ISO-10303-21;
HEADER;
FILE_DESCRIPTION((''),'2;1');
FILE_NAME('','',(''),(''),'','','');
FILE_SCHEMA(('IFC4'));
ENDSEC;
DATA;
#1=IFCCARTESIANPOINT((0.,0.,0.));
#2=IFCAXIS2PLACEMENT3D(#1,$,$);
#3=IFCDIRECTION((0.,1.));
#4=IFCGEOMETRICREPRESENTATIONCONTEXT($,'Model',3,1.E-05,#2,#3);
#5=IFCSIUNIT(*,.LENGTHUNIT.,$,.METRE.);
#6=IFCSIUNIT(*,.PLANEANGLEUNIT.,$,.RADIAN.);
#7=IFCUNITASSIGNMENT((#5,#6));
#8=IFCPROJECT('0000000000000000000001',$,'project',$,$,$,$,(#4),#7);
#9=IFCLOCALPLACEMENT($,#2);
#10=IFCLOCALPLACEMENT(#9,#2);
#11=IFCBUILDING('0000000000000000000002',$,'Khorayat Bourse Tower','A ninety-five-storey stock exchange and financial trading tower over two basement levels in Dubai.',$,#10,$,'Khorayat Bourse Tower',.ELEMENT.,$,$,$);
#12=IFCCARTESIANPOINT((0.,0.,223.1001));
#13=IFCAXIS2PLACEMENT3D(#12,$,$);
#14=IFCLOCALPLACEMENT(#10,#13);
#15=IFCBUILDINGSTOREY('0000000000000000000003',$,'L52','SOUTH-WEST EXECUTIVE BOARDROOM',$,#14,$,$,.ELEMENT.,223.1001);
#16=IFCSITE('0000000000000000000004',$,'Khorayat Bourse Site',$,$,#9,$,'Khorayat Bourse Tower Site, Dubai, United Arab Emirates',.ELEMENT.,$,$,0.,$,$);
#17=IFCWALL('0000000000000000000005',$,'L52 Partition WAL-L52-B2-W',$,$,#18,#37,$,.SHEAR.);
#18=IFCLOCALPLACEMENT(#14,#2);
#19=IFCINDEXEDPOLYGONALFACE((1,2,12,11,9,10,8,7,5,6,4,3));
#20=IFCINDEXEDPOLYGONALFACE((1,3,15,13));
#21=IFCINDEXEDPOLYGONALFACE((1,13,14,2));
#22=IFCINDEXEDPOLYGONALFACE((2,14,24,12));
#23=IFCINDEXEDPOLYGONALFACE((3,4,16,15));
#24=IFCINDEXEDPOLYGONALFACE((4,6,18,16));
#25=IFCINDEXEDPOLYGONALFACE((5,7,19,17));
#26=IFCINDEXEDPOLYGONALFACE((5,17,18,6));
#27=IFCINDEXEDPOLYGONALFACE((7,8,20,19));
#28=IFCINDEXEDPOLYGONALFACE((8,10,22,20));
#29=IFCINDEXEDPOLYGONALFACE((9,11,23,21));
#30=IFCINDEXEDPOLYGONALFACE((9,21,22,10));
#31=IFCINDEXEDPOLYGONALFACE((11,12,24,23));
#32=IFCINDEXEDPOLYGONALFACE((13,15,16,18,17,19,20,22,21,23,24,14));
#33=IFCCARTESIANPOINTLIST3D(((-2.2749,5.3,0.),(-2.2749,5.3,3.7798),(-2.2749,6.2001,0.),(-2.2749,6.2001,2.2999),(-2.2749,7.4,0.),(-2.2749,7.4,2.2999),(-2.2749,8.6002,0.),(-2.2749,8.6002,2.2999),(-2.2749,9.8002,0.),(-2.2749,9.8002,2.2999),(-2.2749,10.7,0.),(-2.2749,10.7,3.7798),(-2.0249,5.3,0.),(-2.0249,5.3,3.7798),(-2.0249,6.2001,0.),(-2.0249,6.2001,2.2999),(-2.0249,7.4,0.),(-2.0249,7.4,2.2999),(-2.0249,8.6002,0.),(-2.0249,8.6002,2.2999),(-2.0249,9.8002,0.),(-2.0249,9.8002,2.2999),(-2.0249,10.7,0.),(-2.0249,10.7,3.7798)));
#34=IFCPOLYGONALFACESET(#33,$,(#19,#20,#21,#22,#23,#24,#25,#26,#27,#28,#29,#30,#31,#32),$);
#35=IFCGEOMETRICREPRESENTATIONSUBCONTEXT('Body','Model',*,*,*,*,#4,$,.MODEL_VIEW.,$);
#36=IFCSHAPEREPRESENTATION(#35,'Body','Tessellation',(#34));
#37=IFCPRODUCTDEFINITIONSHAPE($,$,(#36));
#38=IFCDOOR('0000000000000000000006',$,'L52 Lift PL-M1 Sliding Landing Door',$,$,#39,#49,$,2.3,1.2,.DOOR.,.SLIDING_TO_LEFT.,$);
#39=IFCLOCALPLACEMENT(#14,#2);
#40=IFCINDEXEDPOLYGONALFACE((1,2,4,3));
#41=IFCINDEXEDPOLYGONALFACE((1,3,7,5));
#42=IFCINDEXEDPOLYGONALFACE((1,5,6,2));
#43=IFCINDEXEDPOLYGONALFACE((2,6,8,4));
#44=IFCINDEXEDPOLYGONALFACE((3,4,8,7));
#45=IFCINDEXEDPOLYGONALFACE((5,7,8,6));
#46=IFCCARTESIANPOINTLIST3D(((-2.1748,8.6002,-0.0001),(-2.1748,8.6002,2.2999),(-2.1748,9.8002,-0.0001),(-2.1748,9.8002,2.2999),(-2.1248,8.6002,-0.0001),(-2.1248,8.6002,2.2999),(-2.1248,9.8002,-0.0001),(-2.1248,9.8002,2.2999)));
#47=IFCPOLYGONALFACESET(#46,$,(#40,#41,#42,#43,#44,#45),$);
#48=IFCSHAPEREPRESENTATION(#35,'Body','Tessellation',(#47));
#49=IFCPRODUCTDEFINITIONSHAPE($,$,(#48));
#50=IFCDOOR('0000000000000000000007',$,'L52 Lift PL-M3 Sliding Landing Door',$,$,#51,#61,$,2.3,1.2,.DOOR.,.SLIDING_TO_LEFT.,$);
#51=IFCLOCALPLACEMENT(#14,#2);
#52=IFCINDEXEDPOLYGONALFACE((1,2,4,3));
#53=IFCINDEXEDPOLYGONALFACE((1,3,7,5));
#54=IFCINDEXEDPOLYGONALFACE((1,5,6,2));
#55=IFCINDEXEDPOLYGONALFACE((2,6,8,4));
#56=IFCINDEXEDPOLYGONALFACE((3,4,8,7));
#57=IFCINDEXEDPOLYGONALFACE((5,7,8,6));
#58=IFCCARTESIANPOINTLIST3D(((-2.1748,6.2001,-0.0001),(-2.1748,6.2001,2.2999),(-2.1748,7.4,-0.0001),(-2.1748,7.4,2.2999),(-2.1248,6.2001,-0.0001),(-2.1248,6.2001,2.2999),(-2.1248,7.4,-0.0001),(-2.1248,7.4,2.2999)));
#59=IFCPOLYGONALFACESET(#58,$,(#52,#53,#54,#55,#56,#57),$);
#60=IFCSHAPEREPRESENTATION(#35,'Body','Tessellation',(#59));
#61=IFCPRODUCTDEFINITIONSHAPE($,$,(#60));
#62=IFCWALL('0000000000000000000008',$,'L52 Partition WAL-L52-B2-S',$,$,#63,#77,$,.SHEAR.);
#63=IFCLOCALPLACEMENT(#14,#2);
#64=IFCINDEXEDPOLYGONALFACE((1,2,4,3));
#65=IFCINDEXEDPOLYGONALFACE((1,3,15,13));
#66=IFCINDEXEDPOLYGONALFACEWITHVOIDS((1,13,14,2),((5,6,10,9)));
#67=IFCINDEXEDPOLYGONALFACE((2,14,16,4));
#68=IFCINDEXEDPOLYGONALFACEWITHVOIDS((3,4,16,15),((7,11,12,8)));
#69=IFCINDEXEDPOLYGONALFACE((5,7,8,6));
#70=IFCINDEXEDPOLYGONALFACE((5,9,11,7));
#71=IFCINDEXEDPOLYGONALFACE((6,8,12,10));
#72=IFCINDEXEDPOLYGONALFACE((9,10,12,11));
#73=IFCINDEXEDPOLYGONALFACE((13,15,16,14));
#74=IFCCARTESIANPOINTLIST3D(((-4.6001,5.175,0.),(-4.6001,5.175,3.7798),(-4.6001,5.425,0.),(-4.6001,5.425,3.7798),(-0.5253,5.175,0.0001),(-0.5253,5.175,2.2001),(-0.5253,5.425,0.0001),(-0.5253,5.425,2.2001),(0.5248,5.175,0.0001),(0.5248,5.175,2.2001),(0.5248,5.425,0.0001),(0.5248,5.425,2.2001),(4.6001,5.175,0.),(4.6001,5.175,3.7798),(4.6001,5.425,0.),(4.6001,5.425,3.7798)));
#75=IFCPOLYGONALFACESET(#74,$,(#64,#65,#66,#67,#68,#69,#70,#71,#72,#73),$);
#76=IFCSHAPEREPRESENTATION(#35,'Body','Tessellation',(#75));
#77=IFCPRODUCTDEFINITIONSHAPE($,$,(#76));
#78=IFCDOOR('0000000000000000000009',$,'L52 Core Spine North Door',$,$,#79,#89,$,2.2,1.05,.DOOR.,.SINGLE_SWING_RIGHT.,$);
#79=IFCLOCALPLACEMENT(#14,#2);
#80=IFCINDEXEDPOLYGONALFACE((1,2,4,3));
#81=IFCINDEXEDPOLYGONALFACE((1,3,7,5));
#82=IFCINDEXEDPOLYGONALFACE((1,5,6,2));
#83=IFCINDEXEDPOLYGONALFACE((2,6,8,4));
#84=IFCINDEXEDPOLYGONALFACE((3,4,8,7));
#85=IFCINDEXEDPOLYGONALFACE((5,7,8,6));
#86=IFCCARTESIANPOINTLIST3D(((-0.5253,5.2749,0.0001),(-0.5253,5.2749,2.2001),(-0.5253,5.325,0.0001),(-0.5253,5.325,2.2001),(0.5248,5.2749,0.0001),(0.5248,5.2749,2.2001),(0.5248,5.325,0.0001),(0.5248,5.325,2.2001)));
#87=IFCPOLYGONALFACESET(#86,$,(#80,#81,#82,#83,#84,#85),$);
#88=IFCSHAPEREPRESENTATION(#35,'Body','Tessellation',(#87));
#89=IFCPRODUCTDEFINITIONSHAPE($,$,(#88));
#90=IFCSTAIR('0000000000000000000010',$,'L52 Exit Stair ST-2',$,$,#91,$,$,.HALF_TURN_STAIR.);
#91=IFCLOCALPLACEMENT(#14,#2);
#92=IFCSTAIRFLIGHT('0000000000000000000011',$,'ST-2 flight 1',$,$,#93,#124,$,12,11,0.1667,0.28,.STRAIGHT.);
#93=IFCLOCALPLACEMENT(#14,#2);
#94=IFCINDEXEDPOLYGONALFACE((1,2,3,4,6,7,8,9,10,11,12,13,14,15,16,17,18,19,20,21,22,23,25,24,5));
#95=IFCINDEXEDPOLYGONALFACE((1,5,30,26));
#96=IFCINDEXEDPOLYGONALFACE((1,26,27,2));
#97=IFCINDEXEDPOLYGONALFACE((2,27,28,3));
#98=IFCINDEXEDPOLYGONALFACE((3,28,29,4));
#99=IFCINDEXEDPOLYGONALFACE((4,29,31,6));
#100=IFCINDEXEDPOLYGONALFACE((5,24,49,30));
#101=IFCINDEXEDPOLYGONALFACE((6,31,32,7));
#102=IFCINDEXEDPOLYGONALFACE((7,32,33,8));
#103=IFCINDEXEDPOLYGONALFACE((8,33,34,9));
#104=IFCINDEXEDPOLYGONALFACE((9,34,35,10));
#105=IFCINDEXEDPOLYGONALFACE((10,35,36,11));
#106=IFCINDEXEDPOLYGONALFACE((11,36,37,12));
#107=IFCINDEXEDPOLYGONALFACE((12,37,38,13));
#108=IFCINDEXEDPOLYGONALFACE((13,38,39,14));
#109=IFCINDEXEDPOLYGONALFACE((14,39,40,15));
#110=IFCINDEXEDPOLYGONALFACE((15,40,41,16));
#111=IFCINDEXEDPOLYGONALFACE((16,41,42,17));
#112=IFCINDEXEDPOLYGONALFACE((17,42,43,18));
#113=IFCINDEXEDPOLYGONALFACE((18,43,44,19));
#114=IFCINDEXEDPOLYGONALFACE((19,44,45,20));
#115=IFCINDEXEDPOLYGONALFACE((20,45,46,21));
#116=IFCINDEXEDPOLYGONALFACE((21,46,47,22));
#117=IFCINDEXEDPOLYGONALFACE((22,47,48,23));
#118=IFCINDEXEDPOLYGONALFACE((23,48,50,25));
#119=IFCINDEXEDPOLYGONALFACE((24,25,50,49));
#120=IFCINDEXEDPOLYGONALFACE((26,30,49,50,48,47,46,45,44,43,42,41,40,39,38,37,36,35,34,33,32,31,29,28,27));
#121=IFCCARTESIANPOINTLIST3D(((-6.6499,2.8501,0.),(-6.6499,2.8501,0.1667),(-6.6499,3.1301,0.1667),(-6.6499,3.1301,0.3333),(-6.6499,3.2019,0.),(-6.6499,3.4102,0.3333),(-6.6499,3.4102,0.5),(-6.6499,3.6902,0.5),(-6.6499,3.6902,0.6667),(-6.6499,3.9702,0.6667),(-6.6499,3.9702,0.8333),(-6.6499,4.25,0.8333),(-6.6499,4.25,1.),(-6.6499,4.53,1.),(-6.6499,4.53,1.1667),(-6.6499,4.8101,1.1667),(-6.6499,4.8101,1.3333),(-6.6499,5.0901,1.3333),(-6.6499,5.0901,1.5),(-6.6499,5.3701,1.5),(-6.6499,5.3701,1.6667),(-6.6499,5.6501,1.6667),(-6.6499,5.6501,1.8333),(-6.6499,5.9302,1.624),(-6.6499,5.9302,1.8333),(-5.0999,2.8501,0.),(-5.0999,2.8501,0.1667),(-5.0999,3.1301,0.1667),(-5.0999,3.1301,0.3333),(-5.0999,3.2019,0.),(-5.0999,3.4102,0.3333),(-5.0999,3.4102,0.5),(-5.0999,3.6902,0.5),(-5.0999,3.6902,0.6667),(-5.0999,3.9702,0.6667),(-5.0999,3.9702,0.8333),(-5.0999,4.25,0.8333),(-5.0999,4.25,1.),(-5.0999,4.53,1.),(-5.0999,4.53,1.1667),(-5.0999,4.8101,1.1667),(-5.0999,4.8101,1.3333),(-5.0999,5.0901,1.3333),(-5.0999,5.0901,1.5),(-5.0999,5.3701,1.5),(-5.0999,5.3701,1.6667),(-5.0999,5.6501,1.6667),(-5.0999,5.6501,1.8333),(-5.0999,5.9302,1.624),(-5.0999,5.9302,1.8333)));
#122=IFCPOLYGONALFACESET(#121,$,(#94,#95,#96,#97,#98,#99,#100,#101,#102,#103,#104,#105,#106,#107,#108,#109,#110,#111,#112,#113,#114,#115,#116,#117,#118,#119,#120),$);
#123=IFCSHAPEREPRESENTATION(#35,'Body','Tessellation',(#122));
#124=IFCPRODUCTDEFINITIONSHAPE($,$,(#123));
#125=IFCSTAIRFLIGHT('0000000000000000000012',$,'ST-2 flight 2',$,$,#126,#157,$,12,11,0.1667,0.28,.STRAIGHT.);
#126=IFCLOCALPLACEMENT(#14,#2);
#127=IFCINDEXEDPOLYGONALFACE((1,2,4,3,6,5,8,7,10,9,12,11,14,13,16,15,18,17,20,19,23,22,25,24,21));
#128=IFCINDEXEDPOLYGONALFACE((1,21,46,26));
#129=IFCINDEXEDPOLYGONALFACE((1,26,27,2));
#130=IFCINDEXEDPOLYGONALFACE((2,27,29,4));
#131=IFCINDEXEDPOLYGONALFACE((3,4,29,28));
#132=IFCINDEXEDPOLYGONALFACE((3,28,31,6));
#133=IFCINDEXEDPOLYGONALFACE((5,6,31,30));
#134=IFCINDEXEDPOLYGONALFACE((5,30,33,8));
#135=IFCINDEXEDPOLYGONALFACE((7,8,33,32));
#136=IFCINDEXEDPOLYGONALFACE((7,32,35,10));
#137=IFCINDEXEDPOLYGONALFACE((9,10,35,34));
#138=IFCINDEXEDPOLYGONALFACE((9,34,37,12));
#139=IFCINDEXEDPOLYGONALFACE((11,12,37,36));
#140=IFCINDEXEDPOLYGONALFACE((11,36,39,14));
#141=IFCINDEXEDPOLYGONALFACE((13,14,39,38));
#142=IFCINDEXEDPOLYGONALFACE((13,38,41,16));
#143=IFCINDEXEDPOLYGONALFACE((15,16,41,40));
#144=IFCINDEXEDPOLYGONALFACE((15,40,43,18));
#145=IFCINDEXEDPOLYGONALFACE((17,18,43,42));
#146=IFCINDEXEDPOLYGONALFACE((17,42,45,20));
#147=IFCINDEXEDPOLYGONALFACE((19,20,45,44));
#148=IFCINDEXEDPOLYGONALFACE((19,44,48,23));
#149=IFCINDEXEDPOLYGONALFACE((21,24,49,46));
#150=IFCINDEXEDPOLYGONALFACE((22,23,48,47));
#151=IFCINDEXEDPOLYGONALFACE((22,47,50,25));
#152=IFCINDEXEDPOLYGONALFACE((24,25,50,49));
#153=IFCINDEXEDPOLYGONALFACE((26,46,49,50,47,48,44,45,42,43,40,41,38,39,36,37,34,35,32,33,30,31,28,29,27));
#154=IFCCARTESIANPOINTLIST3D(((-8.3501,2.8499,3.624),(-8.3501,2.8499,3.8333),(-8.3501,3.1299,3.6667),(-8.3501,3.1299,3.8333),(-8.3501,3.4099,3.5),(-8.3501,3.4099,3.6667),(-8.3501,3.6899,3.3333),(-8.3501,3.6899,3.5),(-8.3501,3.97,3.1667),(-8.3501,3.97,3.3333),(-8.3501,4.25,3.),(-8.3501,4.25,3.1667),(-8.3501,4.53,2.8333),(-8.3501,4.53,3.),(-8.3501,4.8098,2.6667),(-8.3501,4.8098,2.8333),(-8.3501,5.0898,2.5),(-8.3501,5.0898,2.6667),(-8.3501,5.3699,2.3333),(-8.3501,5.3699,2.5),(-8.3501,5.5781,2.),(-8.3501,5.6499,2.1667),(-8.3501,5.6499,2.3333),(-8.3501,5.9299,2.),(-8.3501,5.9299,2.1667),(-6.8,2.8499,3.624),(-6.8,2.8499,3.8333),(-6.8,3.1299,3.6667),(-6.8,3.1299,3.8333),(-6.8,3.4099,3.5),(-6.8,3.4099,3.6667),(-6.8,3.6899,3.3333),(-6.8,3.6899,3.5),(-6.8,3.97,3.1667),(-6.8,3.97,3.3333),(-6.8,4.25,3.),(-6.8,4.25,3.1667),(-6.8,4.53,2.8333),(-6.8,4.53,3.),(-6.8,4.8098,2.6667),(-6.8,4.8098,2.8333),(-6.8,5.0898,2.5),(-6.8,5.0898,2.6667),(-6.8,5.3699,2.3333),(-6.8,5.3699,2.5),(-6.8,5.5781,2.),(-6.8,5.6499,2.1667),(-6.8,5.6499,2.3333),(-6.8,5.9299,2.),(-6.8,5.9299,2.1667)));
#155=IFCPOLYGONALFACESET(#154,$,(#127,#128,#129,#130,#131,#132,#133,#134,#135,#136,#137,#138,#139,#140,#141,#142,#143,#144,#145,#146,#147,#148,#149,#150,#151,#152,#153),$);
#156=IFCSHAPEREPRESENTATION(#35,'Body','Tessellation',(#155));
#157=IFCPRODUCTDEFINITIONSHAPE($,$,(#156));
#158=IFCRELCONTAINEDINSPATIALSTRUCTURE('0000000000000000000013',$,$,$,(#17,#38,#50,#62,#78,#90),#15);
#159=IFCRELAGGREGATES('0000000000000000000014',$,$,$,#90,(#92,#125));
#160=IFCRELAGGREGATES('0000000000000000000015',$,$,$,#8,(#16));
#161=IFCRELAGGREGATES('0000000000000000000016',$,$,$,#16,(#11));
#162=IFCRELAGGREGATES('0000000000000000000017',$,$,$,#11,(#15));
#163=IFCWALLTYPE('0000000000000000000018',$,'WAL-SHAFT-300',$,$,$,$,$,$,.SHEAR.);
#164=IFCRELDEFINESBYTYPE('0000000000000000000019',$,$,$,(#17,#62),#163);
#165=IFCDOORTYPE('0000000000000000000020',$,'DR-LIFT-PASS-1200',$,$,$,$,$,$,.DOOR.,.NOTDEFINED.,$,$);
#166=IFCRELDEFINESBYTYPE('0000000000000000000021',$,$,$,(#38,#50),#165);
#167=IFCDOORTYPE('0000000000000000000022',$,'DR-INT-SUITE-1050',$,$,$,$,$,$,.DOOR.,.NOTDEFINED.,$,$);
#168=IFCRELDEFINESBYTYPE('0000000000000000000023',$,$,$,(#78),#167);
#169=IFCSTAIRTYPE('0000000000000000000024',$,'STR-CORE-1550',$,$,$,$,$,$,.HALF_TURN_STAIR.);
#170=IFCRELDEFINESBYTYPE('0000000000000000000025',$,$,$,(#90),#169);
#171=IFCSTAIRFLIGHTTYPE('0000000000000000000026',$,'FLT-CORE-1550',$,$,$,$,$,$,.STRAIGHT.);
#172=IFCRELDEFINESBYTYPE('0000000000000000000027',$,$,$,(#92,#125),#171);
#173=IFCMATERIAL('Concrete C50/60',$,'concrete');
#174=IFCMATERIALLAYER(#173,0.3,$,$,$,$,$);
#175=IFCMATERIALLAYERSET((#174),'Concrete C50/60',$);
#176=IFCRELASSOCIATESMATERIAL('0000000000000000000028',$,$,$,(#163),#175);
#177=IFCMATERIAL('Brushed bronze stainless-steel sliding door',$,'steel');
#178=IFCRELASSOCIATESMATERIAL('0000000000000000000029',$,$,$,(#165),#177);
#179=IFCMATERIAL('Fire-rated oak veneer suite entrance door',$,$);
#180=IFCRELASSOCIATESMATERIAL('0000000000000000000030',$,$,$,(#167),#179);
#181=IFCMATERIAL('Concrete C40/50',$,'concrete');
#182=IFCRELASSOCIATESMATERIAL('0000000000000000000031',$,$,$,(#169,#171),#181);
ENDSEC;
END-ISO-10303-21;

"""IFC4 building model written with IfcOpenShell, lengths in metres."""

from ifc_helpers import new_model, si_unit, direction, frame, frame_2d, origin, place, context, subcontext, project, spatial, polyline, rectangle, outline, extrude, source, transform, mapped, material, layer, layer_set, type_object, element, fill, aggregate, save


model = new_model("IFC4")

# Units and contexts
model_context = context("Model", 3, precision=1e-05, world=origin(), true_north=direction((0.0, 1.0)))
body_context = subcontext(model_context, "Body", "Model", "MODEL_VIEW")
ifc_project = project(units=[si_unit("LENGTHUNIT", "METRE"), si_unit("PLANEANGLEUNIT", "RADIAN")], contexts=[model_context])

# Site, building, storey
site_placement = place(None, origin())
site = spatial("IfcSite", under=ifc_project, at=site_placement, Name="Khorayat Bourse Site", LongName="Khorayat Bourse Tower Site, Dubai, United Arab Emirates", CompositionType="ELEMENT", RefElevation=0.0)
building_placement = place(site_placement, origin())
building = spatial("IfcBuilding", under=site, at=building_placement, Name="Khorayat Bourse Tower", Description="A ninety-five-storey stock exchange and financial trading tower over two basement levels in Dubai.", LongName="Khorayat Bourse Tower", CompositionType="ELEMENT")
storey_placement = place(building_placement, frame((0.0, 0.0, 223.1001)))
storey = spatial("IfcBuildingStorey", under=building, at=storey_placement, Name="L52", Description="SOUTH-WEST EXECUTIVE BOARDROOM", CompositionType="ELEMENT", Elevation=223.1001)

# Shared definitions
ifc_material_1 = material(Name="Concrete C40/50", Category="concrete")

# Shared definitions
ifc_material_2 = material(Name="Concrete C50/60", Category="concrete")
ifc_layer_1 = layer(ifc_material_2, 0.3)
ifc_layer_set_1 = layer_set([ifc_layer_1], Name="Concrete C50/60")
wall_type_1 = type_object("IfcWallType", Name="WAL-SHAFT-300", PredefinedType="SHEAR", material=ifc_layer_set_1)

# Wall, openings, doors
shared_shape_1 = source(origin(), body_context, "Body", "SweptSolid", [
    extrude(rectangle(XDim=5.3999, YDim=0.25, at=frame_2d((2.7, 0.0))), origin(), (0.0, 0.0, 1.0), 3.7798),
])
wall_1_placement = place(storey_placement, frame((-2.1499, 5.3, 0.0), z_axis=(0.0, 0.0, 1.0), x_axis=(0.0, 1.0, 0.0)))
wall_1 = element("IfcWall", 1, at=wall_1_placement, inside=storey, type_object=wall_type_1, Name="L52 Partition WAL-L52-B2-W", PredefinedType="SHEAR", context=body_context, shape_type="MappedRepresentation", body=[
    mapped(shared_shape_1, transform((0.0, 0.0, 0.0), scale=1.0)),
])
shared_shape_2 = source(origin(), body_context, "Body", "SweptSolid", [
    extrude(rectangle(XDim=1.2, YDim=2.3, at=frame_2d((0.6001, 1.1499))), frame((0.0, 0.135, 0.0), z_axis=(0.0, -1.0, 0.0), x_axis=(1.0, 0.0, 0.0)), (0.0, 0.0, 1.0), 0.27),
])
opening_1_placement = place(wall_1_placement, frame((3.3, 0.0, 0.0)))
opening_1 = element("IfcOpeningElement", 2, at=opening_1_placement, cuts=wall_1, PredefinedType="OPENING", context=body_context, shape_type="MappedRepresentation", body=[
    mapped(shared_shape_2, transform((0.0, 0.0, 0.0), scale=1.0)),
])
opening_2_placement = place(wall_1_placement, frame((0.8999, 0.0, 0.0)))
opening_2 = element("IfcOpeningElement", 3, at=opening_2_placement, cuts=wall_1, PredefinedType="OPENING", context=body_context, shape_type="MappedRepresentation", body=[
    mapped(shared_shape_2, transform((0.0, 0.0, 0.0), scale=1.0)),
])
ifc_material_3 = material(Name="Brushed bronze stainless-steel sliding door", Category="steel")
door_type_1 = type_object("IfcDoorType", Name="DR-LIFT-PASS-1200", OperationType="NOTDEFINED", PredefinedType="DOOR", material=ifc_material_3)
shared_shape_3 = source(origin(), body_context, "Body", "SweptSolid", [
    extrude(rectangle(XDim=1.2, YDim=2.3, at=frame_2d((0.6001, 1.1499))), frame((0.0, 0.0249, 0.0), z_axis=(0.0, -1.0, 0.0), x_axis=(1.0, 0.0, 0.0)), (0.0, 0.0, 1.0), 0.05),
])
door_1_placement = place(opening_1_placement, origin())
door_1 = element("IfcDoor", 4, at=door_1_placement, inside=storey, type_object=door_type_1, Name="L52 Lift PL-M1 Sliding Landing Door", OperationType="SLIDING_TO_LEFT", OverallHeight=2.3, OverallWidth=1.2, PredefinedType="DOOR", context=body_context, shape_type="MappedRepresentation", body=[
    mapped(shared_shape_3, transform((0.0, 0.0, 0.0), scale=1.0)),
])
fill(opening_1, door_1)
door_2_placement = place(opening_2_placement, origin())
door_2 = element("IfcDoor", 5, at=door_2_placement, inside=storey, type_object=door_type_1, Name="L52 Lift PL-M3 Sliding Landing Door", OperationType="SLIDING_TO_LEFT", OverallHeight=2.3, OverallWidth=1.2, PredefinedType="DOOR", context=body_context, shape_type="MappedRepresentation", body=[
    mapped(shared_shape_3, transform((0.0, 0.0, 0.0), scale=1.0)),
])
fill(opening_2, door_2)

# Wall, opening, door
shared_shape_4 = source(origin(), body_context, "Body", "SweptSolid", [
    extrude(rectangle(XDim=9.2002, YDim=0.25, at=frame_2d((4.6001, 0.0))), origin(), (0.0, 0.0, 1.0), 3.7798),
])
wall_2_placement = place(storey_placement, frame((-4.6001, 5.3, 0.0), z_axis=(0.0, 0.0, 1.0), x_axis=(1.0, 0.0, 0.0)))
wall_2 = element("IfcWall", 6, at=wall_2_placement, inside=storey, type_object=wall_type_1, Name="L52 Partition WAL-L52-B2-S", PredefinedType="SHEAR", context=body_context, shape_type="MappedRepresentation", body=[
    mapped(shared_shape_4, transform((0.0, 0.0, 0.0), scale=1.0)),
])
shared_shape_5 = source(origin(), body_context, "Body", "SweptSolid", [
    extrude(rectangle(XDim=1.05, YDim=2.2, at=frame_2d((0.5249, 1.1001))), frame((0.0, 0.135, 0.0), z_axis=(0.0, -1.0, 0.0), x_axis=(1.0, 0.0, 0.0)), (0.0, 0.0, 1.0), 0.27),
])
opening_3_placement = place(wall_2_placement, frame((4.075, 0.0, 0.0)))
opening_3 = element("IfcOpeningElement", 7, at=opening_3_placement, cuts=wall_2, PredefinedType="OPENING", context=body_context, shape_type="MappedRepresentation", body=[
    mapped(shared_shape_5, transform((0.0, 0.0, 0.0), scale=1.0)),
])
ifc_material_4 = material(Name="Fire-rated oak veneer suite entrance door")
door_type_2 = type_object("IfcDoorType", Name="DR-INT-SUITE-1050", OperationType="NOTDEFINED", PredefinedType="DOOR", material=ifc_material_4)
shared_shape_6 = source(origin(), body_context, "Body", "SweptSolid", [
    extrude(rectangle(XDim=1.05, YDim=2.2, at=frame_2d((0.5249, 1.1001))), frame((0.0, 0.0249, 0.0), z_axis=(0.0, -1.0, 0.0), x_axis=(1.0, 0.0, 0.0)), (0.0, 0.0, 1.0), 0.05),
])
door_3_placement = place(opening_3_placement, origin())
door_3 = element("IfcDoor", 8, at=door_3_placement, inside=storey, type_object=door_type_2, Name="L52 Core Spine North Door", OperationType="SINGLE_SWING_RIGHT", OverallHeight=2.2, OverallWidth=1.05, PredefinedType="DOOR", context=body_context, shape_type="MappedRepresentation", body=[
    mapped(shared_shape_6, transform((0.0, 0.0, 0.0), scale=1.0)),
])
fill(opening_3, door_3)

# Stair, stair flights
stair_type = type_object("IfcStairType", Name="STR-CORE-1550", PredefinedType="HALF_TURN_STAIR", material=ifc_material_1)
stair_placement = place(storey_placement, origin())
stair = element("IfcStair", 9, at=stair_placement, inside=storey, type_object=stair_type, Name="L52 Exit Stair ST-2", PredefinedType="HALF_TURN_STAIR")
stair_flight_type = type_object("IfcStairFlightType", Name="FLT-CORE-1550", PredefinedType="STRAIGHT", material=ifc_material_1)
shared_shape_7 = source(origin(), body_context, "Body", "SweptSolid", [
    extrude(outline(polyline([(0.0, 0.0), (0.0, 0.1667), (0.28, 0.1667), (0.28, 0.3333), (0.5601, 0.3333), (0.5601, 0.5), (0.8401, 0.5), (0.8401, 0.6667), (1.1201, 0.6667), (1.1201, 0.8333), (1.3999, 0.8333), (1.3999, 1.0), (1.6799, 1.0), (1.6799, 1.1667), (1.96, 1.1667), (1.96, 1.3333), (2.24, 1.3333), (2.24, 1.5), (2.52, 1.5), (2.52, 1.6667), (2.8, 1.6667), (2.8, 1.8333), (3.0801, 1.8333), (3.0801, 2.0), (3.0801, 1.624), (0.3518, 0.0), (0.0, 0.0)])), frame((0.0, 0.7749, 0.0), z_axis=(0.0, -1.0, 0.0), x_axis=(1.0, 0.0, 0.0)), (0.0, 0.0, 1.0), 1.55),
])
stair_flight_1_placement = place(storey_placement, frame((-5.875, 2.8501, 0.0), z_axis=(0.0, 0.0, 1.0), x_axis=(0.0, 1.0, 0.0)))
stair_flight_1 = element("IfcStairFlight", 10, at=stair_flight_1_placement, type_object=stair_flight_type, Name="ST-2 flight 1", NumberOfRisers=12, NumberOfTreads=11, PredefinedType="STRAIGHT", RiserHeight=0.1667, TreadLength=0.28, context=body_context, shape_type="MappedRepresentation", body=[
    mapped(shared_shape_7, transform((0.0, 0.0, 0.0), scale=1.0)),
])
stair_flight_2_placement = place(storey_placement, frame((-7.575, 5.9299, 2.0), z_axis=(0.0, 0.0, 1.0), x_axis=(0.0, -1.0, 0.0)))
stair_flight_2 = element("IfcStairFlight", 11, at=stair_flight_2_placement, type_object=stair_flight_type, Name="ST-2 flight 2", NumberOfRisers=12, NumberOfTreads=11, PredefinedType="STRAIGHT", RiserHeight=0.1667, TreadLength=0.28, context=body_context, shape_type="MappedRepresentation", body=[
    mapped(shared_shape_7, transform((0.0, 0.0, 0.0), scale=1.0)),
])
aggregate(stair, [stair_flight_1, stair_flight_2])

save(model, "model.ifc")
